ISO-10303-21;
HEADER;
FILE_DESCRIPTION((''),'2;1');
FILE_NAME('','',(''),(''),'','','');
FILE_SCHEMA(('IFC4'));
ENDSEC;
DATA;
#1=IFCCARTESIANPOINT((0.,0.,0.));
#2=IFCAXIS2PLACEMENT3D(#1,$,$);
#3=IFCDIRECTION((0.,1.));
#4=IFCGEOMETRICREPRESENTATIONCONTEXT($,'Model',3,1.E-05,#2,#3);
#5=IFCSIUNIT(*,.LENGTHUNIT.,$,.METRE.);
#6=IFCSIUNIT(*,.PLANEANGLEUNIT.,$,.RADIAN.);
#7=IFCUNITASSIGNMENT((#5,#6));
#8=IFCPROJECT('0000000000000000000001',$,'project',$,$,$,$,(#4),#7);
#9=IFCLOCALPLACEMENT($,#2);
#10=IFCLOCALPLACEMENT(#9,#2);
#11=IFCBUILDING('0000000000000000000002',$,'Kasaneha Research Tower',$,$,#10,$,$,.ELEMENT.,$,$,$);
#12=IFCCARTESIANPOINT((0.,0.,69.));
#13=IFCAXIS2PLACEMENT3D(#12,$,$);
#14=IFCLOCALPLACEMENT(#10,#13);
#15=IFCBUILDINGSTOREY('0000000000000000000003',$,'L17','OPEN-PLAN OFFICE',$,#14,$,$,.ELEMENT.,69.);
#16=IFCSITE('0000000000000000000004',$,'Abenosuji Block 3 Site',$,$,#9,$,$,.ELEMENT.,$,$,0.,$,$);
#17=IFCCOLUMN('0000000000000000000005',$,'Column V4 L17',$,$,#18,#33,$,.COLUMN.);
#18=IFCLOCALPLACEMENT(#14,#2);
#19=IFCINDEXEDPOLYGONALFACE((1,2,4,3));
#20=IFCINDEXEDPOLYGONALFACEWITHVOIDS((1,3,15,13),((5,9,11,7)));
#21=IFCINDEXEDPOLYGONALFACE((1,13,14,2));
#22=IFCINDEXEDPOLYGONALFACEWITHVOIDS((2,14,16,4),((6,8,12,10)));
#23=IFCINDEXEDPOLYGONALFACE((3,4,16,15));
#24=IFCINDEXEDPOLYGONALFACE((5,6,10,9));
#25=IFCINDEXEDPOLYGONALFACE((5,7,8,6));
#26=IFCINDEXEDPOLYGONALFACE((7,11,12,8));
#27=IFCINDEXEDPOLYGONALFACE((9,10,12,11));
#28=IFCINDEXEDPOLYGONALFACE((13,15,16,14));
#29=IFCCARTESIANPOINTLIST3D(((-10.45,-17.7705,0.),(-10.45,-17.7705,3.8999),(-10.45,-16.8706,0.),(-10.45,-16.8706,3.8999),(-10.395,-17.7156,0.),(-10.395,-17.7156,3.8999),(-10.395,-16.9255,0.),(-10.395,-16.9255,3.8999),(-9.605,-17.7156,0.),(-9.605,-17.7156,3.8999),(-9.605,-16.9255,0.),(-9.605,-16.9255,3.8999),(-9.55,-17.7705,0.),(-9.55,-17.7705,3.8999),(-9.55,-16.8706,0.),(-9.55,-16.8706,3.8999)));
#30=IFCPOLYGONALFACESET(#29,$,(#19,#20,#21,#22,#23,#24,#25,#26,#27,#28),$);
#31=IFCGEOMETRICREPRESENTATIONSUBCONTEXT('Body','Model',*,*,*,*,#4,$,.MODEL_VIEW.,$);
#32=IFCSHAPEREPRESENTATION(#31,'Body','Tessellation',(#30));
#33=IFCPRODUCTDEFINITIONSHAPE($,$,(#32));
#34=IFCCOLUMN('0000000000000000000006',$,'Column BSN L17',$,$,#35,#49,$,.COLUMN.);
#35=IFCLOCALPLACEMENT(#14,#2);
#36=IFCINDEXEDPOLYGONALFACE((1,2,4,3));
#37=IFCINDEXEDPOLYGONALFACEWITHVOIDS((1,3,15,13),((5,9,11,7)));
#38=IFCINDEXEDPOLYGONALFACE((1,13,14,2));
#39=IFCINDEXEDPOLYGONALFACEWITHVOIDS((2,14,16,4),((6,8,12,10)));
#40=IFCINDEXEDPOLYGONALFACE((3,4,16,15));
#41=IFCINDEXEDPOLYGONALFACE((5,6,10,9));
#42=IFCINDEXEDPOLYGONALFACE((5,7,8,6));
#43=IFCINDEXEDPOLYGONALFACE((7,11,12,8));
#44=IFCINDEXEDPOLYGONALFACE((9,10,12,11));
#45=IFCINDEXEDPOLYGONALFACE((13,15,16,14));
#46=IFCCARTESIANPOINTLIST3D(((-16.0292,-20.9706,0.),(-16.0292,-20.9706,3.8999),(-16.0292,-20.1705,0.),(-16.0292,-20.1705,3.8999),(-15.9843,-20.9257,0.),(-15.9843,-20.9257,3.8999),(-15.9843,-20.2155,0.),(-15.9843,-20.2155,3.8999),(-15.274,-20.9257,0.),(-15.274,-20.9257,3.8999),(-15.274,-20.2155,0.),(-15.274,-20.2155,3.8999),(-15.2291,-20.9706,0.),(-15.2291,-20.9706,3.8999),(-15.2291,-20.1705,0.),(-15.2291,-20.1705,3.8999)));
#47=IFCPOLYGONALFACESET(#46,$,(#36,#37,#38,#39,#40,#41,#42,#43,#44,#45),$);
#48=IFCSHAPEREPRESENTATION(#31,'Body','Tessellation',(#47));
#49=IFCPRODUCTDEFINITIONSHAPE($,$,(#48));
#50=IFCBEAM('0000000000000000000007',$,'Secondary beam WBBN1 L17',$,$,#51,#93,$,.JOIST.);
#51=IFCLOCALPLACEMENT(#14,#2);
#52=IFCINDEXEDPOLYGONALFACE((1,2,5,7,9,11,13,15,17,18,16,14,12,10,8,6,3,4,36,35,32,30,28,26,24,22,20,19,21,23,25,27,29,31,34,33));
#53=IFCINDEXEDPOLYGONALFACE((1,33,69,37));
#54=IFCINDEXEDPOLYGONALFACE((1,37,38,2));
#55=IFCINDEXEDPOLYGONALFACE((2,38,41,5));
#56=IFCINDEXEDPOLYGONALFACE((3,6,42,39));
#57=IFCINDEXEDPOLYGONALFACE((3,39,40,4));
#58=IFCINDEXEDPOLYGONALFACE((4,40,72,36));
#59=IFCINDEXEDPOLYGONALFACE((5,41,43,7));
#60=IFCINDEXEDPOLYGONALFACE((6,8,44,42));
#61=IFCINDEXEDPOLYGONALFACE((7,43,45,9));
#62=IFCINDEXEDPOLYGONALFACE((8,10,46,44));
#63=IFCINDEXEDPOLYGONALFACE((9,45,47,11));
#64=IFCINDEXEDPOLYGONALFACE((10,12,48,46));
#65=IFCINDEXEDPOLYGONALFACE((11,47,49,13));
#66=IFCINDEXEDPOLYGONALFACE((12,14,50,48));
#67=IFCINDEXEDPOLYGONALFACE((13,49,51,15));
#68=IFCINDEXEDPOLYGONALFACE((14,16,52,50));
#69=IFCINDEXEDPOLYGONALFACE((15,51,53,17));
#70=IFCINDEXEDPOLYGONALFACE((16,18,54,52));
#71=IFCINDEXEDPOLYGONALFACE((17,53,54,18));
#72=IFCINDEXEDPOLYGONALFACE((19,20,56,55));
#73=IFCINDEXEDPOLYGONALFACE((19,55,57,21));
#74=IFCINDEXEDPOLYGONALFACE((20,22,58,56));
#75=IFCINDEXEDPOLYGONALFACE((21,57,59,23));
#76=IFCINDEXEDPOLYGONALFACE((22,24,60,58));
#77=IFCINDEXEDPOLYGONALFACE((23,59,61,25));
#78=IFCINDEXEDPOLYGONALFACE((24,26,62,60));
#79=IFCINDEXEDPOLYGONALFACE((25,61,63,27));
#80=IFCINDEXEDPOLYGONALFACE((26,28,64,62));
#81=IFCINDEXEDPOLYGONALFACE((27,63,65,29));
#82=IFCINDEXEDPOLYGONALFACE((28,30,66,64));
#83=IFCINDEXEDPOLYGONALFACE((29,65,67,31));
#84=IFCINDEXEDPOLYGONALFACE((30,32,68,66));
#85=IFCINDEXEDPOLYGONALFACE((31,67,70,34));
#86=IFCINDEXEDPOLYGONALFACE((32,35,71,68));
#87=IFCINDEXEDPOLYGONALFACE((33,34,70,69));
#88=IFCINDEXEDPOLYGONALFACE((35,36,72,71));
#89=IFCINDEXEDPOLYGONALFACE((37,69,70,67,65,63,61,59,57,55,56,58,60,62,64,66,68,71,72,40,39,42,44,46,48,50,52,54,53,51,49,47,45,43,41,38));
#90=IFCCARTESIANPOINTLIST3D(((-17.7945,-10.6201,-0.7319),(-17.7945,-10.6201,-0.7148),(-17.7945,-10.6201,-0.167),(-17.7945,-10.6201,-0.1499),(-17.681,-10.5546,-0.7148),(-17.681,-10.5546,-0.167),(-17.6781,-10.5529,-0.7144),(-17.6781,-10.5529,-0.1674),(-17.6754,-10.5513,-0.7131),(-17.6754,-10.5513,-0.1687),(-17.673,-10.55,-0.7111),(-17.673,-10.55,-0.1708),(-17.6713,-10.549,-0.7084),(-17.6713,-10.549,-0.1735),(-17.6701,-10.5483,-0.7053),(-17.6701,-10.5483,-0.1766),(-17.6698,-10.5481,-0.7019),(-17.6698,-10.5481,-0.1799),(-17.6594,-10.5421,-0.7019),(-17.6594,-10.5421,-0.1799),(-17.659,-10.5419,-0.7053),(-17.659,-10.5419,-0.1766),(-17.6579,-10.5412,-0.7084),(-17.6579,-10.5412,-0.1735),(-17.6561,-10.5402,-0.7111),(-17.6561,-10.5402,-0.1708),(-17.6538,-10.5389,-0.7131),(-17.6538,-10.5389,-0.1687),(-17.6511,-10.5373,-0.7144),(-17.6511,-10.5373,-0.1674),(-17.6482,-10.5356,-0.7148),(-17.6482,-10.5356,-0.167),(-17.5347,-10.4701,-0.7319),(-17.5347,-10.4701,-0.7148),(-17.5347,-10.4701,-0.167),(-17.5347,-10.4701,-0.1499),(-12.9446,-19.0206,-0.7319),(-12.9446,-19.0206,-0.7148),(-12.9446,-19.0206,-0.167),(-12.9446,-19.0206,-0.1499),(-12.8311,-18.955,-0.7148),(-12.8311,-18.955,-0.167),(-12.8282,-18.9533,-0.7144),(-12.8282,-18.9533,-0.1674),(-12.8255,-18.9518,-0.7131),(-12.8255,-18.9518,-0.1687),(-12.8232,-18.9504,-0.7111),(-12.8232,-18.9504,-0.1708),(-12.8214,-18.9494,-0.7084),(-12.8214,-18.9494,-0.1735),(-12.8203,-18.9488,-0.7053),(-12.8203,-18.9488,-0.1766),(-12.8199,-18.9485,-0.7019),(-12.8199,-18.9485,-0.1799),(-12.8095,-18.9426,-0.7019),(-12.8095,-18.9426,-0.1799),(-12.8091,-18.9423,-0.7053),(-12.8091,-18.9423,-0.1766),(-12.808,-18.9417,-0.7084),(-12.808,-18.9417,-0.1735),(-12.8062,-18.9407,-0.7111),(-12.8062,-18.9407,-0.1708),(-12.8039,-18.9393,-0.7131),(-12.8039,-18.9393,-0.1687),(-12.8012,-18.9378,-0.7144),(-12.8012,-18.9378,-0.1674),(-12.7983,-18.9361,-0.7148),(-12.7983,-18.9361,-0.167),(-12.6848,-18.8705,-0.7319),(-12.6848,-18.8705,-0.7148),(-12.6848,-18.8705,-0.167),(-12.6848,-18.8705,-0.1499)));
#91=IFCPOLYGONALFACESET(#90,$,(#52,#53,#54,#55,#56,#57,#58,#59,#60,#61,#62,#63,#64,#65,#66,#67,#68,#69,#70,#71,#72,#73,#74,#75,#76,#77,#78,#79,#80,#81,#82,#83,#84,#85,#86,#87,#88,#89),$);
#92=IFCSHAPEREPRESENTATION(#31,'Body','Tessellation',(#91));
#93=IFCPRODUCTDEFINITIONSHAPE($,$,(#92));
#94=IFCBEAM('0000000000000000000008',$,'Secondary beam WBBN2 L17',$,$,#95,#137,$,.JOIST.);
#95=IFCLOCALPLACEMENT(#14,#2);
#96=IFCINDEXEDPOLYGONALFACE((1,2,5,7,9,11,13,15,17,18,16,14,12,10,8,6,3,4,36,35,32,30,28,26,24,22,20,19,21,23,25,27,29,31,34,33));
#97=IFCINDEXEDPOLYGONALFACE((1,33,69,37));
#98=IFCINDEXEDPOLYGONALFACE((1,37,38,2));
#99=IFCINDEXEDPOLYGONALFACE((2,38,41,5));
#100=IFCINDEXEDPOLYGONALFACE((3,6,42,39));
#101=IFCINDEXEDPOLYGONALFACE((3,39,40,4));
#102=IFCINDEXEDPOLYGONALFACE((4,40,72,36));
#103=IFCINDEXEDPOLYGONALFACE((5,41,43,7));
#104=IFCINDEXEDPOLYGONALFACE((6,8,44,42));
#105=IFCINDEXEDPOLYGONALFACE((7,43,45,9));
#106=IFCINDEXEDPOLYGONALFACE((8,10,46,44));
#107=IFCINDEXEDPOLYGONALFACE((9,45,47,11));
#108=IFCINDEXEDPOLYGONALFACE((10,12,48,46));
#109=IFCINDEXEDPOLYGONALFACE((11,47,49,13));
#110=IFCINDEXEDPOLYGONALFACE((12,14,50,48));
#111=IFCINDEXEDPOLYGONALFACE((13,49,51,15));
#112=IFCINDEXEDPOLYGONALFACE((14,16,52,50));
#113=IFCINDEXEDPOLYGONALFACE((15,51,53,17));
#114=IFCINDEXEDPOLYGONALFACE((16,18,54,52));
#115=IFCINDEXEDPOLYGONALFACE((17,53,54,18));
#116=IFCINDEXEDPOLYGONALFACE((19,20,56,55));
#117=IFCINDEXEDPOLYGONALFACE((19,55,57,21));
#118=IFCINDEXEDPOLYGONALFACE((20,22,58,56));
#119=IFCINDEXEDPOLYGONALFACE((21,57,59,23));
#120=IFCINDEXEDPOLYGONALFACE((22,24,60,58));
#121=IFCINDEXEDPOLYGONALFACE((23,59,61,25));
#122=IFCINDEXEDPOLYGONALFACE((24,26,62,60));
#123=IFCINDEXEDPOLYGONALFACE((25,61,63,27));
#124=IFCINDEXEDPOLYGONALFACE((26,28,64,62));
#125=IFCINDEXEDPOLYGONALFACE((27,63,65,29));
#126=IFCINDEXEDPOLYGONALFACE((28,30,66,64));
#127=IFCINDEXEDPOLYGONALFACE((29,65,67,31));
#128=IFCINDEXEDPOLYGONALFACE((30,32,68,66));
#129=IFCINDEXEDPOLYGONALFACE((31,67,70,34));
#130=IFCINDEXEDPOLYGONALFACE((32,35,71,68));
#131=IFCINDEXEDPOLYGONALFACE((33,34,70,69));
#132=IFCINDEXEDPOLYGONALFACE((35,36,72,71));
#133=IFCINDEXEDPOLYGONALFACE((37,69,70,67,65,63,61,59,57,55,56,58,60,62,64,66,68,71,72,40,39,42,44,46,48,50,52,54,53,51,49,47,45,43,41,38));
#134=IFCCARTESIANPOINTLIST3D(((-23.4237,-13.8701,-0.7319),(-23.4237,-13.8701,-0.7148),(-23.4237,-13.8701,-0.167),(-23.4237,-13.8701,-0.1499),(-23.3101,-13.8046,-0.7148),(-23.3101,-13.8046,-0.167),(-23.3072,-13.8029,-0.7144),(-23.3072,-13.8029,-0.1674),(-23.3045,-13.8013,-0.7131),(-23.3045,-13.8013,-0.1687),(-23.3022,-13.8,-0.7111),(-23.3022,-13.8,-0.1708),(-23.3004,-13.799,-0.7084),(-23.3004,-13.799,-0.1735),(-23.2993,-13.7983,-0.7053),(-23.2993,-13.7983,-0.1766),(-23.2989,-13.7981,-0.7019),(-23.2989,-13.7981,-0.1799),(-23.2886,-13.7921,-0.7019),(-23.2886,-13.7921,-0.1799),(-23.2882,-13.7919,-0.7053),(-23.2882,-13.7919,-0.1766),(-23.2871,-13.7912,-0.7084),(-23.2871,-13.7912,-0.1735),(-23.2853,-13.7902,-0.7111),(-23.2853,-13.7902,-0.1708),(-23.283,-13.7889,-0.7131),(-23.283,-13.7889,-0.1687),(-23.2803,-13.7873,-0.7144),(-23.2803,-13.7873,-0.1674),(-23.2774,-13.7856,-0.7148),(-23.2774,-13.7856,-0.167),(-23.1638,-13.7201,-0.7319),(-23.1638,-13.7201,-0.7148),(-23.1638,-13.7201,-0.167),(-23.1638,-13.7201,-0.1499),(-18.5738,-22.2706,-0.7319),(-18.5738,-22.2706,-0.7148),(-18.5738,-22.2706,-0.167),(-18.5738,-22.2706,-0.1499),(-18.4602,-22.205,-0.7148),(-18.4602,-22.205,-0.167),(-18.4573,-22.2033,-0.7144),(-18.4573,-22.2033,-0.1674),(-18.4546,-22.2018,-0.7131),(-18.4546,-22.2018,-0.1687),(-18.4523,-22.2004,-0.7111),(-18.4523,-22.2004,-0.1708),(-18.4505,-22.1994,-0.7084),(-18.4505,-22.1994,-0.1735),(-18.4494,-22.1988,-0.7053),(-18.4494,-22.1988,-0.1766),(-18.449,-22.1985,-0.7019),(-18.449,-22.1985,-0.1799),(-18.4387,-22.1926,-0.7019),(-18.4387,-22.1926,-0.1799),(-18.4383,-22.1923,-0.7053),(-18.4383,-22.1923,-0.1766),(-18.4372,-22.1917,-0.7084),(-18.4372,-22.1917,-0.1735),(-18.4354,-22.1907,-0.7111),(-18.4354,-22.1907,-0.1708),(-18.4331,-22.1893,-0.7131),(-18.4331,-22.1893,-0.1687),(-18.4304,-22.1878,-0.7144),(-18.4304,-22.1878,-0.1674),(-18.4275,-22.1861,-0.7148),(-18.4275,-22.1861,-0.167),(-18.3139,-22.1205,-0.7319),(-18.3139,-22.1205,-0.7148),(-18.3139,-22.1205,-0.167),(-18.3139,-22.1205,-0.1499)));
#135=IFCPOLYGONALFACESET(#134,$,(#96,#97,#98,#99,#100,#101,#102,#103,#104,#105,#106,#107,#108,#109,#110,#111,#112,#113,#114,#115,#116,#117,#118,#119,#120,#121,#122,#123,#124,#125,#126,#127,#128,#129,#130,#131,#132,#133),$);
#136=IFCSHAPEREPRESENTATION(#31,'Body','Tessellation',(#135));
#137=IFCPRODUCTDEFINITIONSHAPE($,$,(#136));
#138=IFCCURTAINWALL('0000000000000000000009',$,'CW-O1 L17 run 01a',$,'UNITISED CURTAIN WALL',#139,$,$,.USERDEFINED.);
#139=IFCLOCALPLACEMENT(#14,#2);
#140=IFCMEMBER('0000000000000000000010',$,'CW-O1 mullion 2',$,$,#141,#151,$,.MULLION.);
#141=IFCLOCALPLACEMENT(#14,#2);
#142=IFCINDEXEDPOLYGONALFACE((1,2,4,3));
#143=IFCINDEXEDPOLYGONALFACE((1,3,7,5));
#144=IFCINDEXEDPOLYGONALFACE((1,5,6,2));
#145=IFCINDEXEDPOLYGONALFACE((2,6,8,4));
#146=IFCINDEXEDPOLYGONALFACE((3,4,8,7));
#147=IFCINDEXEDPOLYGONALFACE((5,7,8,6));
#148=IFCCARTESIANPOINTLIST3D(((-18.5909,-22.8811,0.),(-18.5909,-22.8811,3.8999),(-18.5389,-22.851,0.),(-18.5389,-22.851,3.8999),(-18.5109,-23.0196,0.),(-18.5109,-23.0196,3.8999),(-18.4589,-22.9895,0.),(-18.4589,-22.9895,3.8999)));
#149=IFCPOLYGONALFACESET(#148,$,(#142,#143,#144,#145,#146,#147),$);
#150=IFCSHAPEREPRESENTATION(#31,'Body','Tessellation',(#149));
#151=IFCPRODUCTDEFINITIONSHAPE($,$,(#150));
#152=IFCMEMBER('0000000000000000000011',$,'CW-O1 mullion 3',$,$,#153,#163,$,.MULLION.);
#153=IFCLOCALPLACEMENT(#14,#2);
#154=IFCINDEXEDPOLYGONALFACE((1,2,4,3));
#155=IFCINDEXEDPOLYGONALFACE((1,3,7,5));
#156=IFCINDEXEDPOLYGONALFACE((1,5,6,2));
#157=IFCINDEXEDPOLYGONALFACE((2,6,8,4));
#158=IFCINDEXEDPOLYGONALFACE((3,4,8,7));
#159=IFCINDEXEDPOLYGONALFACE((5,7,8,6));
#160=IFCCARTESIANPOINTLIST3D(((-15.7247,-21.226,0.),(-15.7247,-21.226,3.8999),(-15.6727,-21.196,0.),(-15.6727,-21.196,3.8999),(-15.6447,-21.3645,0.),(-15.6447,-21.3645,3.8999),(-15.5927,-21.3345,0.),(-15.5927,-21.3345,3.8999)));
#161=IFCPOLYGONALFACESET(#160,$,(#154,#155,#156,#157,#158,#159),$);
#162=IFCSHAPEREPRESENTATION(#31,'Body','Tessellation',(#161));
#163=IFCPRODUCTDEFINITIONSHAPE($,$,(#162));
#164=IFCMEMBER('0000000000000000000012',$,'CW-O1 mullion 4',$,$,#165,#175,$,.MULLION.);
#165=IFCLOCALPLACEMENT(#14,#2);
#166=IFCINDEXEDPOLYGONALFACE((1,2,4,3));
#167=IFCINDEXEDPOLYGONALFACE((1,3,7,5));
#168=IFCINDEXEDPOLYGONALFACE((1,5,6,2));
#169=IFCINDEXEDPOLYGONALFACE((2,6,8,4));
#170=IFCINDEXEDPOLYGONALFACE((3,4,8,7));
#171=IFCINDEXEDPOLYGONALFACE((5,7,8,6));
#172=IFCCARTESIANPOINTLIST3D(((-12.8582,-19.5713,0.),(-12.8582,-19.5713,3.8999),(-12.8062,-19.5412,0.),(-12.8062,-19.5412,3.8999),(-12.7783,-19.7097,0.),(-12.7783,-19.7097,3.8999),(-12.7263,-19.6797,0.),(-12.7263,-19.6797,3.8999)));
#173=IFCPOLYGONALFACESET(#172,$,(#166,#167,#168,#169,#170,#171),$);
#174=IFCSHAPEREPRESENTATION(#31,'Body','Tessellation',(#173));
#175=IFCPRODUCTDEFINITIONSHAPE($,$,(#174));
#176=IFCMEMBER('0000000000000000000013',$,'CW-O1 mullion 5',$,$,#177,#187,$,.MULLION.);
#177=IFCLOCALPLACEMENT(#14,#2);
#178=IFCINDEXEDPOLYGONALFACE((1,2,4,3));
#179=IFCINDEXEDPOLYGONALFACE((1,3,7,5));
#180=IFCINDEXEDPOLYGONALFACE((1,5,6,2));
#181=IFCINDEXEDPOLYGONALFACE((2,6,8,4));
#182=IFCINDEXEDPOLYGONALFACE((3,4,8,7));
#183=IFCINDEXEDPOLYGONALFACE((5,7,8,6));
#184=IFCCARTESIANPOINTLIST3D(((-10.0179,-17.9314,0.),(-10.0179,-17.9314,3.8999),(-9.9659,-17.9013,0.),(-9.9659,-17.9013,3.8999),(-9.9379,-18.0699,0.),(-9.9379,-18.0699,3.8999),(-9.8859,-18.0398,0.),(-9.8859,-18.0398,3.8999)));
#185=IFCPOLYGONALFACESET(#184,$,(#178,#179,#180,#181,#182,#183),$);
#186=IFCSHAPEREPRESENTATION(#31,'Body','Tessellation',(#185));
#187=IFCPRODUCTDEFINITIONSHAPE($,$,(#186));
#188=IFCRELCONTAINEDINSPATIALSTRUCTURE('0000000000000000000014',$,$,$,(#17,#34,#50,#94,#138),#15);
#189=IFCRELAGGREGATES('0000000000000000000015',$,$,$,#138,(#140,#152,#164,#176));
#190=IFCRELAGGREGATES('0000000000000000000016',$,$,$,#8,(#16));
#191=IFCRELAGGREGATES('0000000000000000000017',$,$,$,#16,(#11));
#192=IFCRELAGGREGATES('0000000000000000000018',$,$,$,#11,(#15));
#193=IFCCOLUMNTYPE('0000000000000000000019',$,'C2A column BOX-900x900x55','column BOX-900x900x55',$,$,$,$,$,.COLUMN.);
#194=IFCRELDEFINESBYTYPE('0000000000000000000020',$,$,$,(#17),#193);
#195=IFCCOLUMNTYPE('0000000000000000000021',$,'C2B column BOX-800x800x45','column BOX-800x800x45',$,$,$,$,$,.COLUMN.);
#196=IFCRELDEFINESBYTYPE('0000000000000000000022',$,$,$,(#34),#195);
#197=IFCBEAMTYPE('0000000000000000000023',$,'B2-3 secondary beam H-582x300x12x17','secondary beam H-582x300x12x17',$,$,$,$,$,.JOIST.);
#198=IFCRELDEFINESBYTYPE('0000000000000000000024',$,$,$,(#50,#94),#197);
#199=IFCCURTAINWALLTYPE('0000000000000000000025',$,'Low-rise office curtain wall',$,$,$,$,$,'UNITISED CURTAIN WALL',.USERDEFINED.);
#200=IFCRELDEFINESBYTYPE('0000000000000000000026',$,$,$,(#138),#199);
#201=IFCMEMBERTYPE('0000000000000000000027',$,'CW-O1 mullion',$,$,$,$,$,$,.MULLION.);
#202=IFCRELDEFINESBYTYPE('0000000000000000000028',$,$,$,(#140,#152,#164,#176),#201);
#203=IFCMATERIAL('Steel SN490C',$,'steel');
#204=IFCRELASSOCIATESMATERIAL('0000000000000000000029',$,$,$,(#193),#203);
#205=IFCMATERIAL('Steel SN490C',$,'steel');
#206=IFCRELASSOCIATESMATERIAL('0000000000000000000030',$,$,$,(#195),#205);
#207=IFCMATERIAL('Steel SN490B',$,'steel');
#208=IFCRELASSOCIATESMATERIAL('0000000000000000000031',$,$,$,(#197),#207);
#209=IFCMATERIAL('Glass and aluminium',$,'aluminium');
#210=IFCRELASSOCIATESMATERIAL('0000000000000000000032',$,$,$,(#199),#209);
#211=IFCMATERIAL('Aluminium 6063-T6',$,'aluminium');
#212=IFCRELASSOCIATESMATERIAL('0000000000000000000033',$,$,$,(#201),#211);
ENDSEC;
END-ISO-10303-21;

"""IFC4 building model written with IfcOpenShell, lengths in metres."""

from ifc_helpers import new_model, si_unit, direction, frame, origin, origin_2d, place, context, subcontext, project, spatial, rectangle, hollow_rectangle, i_section, extrude, material, material_profile, profile_set, type_object, element, aggregate, save


model = new_model("IFC4")

# Units and contexts
model_context = context("Model", 3, precision=1e-05, world=origin(), true_north=direction((0.0, 1.0)))
body_context = subcontext(model_context, "Body", "Model", "MODEL_VIEW")
ifc_project = project(units=[si_unit("LENGTHUNIT", "METRE"), si_unit("PLANEANGLEUNIT", "RADIAN")], contexts=[model_context])

# Site, building, storey
site_placement = place(None, origin())
site = spatial("IfcSite", under=ifc_project, at=site_placement, Name="Abenosuji Block 3 Site", CompositionType="ELEMENT", RefElevation=0.0)
building_placement = place(site_placement, origin())
building = spatial("IfcBuilding", under=site, at=building_placement, Name="Kasaneha Research Tower", CompositionType="ELEMENT")
storey_placement = place(building_placement, frame((0.0, 0.0, 69.0)))
storey = spatial("IfcBuildingStorey", under=building, at=storey_placement, Name="L17", Description="OPEN-PLAN OFFICE", CompositionType="ELEMENT", Elevation=69.0)

# Columns
ifc_material_1 = material(Name="Steel SN490C", Category="steel")
ifc_material_profile_1 = material_profile(ifc_material_1, hollow_rectangle(XDim=0.8999, YDim=0.8999, WallThickness=0.0549, at=origin_2d()), Name="BOX-900x900x55")
ifc_profile_set_1 = profile_set([ifc_material_profile_1], Name="Steel SN490C")
column_type_1 = type_object("IfcColumnType", Name="C2A column BOX-900x900x55", Description="column BOX-900x900x55", PredefinedType="COLUMN", material=ifc_profile_set_1)
column_1_placement = place(storey_placement, frame((-10.0, -17.3206, 0.0), z_axis=(0.0, 0.0, 1.0), x_axis=(1.0, 0.0, 0.0)))
element("IfcColumn", 1, at=column_1_placement, inside=storey, type_object=column_type_1, Name="Column V4 L17", PredefinedType="COLUMN", context=body_context, shape_type="SweptSolid", body=[
    extrude(hollow_rectangle(XDim=0.8999, YDim=0.8999, WallThickness=0.0549, at=origin_2d()), origin(), (0.0, 0.0, 1.0), 3.8999),
])
ifc_material_2 = material(Name="Steel SN490C", Category="steel")
ifc_material_profile_2 = material_profile(ifc_material_2, hollow_rectangle(XDim=0.8, YDim=0.8, WallThickness=0.0449, at=origin_2d()), Name="BOX-800x800x45")
ifc_profile_set_2 = profile_set([ifc_material_profile_2], Name="Steel SN490C")
column_type_2 = type_object("IfcColumnType", Name="C2B column BOX-800x800x45", Description="column BOX-800x800x45", PredefinedType="COLUMN", material=ifc_profile_set_2)
column_2_placement = place(storey_placement, frame((-15.6292, -20.5706, 0.0), z_axis=(0.0, 0.0, 1.0), x_axis=(1.0, 0.0, 0.0)))
element("IfcColumn", 2, at=column_2_placement, inside=storey, type_object=column_type_2, Name="Column BSN L17", PredefinedType="COLUMN", context=body_context, shape_type="SweptSolid", body=[
    extrude(hollow_rectangle(XDim=0.8, YDim=0.8, WallThickness=0.0449, at=origin_2d()), origin(), (0.0, 0.0, 1.0), 3.8999),
])

# Beams
ifc_material_3 = material(Name="Steel SN490B", Category="steel")
ifc_material_profile_3 = material_profile(ifc_material_3, i_section(OverallWidth=0.3, OverallDepth=0.582, WebThickness=0.012, FlangeThickness=0.0171, FilletRadius=0.0129, at=origin_2d()), Name="H-582x300x12x17")
ifc_profile_set_3 = profile_set([ifc_material_profile_3], Name="Steel SN490B")
beam_type_1 = type_object("IfcBeamType", Name="B2-3 secondary beam H-582x300x12x17", Description="secondary beam H-582x300x12x17", PredefinedType="JOIST", material=ifc_profile_set_3)
for number, where, z_axis, x_axis, name in (
    (3, (-12.8147, -18.9456, -0.4409), (-0.499991, 0.866031, 0.0), (-0.866031, -0.499991, 0.0), "Secondary beam WBBN1 L17"),
    (4, (-18.4438, -22.1956, -0.4409), (-0.499991, 0.866031, 0.0), (-0.866031, -0.499991, 0.0), "Secondary beam WBBN2 L17"),
):
    element("IfcBeam", number, at=place(storey_placement, frame(where, z_axis=z_axis, x_axis=x_axis)), inside=storey, type_object=beam_type_1, Name=name, PredefinedType="JOIST", context=body_context, shape_type="SweptSolid", body=[
        extrude(i_section(OverallWidth=0.3, OverallDepth=0.582, WebThickness=0.012, FlangeThickness=0.0171, FilletRadius=0.0129, at=origin_2d()), origin(), (0.0, 0.0, 1.0), 9.7),
    ])

# Curtain wall, members
ifc_material_4 = material(Name="Glass and aluminium", Category="aluminium")
curtain_wall_type = type_object("IfcCurtainWallType", Name="Low-rise office curtain wall", ElementType="UNITISED CURTAIN WALL", PredefinedType="USERDEFINED", material=ifc_material_4)
curtain_wall_1_placement = place(storey_placement, origin())
curtain_wall_1 = element("IfcCurtainWall", 5, at=curtain_wall_1_placement, inside=storey, type_object=curtain_wall_type, Name="CW-O1 L17 run 01a", ObjectType="UNITISED CURTAIN WALL", PredefinedType="USERDEFINED")
ifc_material_5 = material(Name="Aluminium 6063-T6", Category="aluminium")
ifc_material_profile_4 = material_profile(ifc_material_5, rectangle(XDim=0.0601, YDim=0.1599, at=origin_2d()), Name="CW-O1 mullion 60x160")
ifc_profile_set_4 = profile_set([ifc_material_profile_4], Name="Aluminium 6063-T6")
member_type_1 = type_object("IfcMemberType", Name="CW-O1 mullion", PredefinedType="MULLION", material=ifc_profile_set_4)
member_1_placement = place(storey_placement, frame((-18.5249, -22.9353, 0.0), z_axis=(0.0, 0.0, 1.0), x_axis=(0.866025, 0.5, 0.0)))
member_1 = element("IfcMember", 6, at=member_1_placement, type_object=member_type_1, Name="CW-O1 mullion 2", PredefinedType="MULLION", context=body_context, shape_type="SweptSolid", body=[
    extrude(rectangle(XDim=0.0601, YDim=0.1599, at=origin_2d()), origin(), (0.0, 0.0, 1.0), 3.8999),
])
member_2_placement = place(storey_placement, frame((-15.6587, -21.2803, 0.0), z_axis=(0.0, 0.0, 1.0), x_axis=(0.866025, 0.5, 0.0)))
member_2 = element("IfcMember", 7, at=member_2_placement, type_object=member_type_1, Name="CW-O1 mullion 3", PredefinedType="MULLION", context=body_context, shape_type="SweptSolid", body=[
    extrude(rectangle(XDim=0.0601, YDim=0.1599, at=origin_2d()), origin(), (0.0, 0.0, 1.0), 3.8999),
])
member_3_placement = place(storey_placement, frame((-12.7922, -19.6255, 0.0), z_axis=(0.0, 0.0, 1.0), x_axis=(0.866025, 0.5, 0.0)))
member_3 = element("IfcMember", 8, at=member_3_placement, type_object=member_type_1, Name="CW-O1 mullion 4", PredefinedType="MULLION", context=body_context, shape_type="SweptSolid", body=[
    extrude(rectangle(XDim=0.0601, YDim=0.1599, at=origin_2d()), origin(), (0.0, 0.0, 1.0), 3.8999),
])
member_4_placement = place(storey_placement, frame((-9.9519, -17.9856, 0.0), z_axis=(0.0, 0.0, 1.0), x_axis=(0.866025, 0.5, 0.0)))
member_4 = element("IfcMember", 9, at=member_4_placement, type_object=member_type_1, Name="CW-O1 mullion 5", PredefinedType="MULLION", context=body_context, shape_type="SweptSolid", body=[
    extrude(rectangle(XDim=0.0601, YDim=0.1599, at=origin_2d()), origin(), (0.0, 0.0, 1.0), 3.8999),
])

aggregate(curtain_wall_1, [member_1, member_2, member_3, member_4])

save(model, "model.ifc")
